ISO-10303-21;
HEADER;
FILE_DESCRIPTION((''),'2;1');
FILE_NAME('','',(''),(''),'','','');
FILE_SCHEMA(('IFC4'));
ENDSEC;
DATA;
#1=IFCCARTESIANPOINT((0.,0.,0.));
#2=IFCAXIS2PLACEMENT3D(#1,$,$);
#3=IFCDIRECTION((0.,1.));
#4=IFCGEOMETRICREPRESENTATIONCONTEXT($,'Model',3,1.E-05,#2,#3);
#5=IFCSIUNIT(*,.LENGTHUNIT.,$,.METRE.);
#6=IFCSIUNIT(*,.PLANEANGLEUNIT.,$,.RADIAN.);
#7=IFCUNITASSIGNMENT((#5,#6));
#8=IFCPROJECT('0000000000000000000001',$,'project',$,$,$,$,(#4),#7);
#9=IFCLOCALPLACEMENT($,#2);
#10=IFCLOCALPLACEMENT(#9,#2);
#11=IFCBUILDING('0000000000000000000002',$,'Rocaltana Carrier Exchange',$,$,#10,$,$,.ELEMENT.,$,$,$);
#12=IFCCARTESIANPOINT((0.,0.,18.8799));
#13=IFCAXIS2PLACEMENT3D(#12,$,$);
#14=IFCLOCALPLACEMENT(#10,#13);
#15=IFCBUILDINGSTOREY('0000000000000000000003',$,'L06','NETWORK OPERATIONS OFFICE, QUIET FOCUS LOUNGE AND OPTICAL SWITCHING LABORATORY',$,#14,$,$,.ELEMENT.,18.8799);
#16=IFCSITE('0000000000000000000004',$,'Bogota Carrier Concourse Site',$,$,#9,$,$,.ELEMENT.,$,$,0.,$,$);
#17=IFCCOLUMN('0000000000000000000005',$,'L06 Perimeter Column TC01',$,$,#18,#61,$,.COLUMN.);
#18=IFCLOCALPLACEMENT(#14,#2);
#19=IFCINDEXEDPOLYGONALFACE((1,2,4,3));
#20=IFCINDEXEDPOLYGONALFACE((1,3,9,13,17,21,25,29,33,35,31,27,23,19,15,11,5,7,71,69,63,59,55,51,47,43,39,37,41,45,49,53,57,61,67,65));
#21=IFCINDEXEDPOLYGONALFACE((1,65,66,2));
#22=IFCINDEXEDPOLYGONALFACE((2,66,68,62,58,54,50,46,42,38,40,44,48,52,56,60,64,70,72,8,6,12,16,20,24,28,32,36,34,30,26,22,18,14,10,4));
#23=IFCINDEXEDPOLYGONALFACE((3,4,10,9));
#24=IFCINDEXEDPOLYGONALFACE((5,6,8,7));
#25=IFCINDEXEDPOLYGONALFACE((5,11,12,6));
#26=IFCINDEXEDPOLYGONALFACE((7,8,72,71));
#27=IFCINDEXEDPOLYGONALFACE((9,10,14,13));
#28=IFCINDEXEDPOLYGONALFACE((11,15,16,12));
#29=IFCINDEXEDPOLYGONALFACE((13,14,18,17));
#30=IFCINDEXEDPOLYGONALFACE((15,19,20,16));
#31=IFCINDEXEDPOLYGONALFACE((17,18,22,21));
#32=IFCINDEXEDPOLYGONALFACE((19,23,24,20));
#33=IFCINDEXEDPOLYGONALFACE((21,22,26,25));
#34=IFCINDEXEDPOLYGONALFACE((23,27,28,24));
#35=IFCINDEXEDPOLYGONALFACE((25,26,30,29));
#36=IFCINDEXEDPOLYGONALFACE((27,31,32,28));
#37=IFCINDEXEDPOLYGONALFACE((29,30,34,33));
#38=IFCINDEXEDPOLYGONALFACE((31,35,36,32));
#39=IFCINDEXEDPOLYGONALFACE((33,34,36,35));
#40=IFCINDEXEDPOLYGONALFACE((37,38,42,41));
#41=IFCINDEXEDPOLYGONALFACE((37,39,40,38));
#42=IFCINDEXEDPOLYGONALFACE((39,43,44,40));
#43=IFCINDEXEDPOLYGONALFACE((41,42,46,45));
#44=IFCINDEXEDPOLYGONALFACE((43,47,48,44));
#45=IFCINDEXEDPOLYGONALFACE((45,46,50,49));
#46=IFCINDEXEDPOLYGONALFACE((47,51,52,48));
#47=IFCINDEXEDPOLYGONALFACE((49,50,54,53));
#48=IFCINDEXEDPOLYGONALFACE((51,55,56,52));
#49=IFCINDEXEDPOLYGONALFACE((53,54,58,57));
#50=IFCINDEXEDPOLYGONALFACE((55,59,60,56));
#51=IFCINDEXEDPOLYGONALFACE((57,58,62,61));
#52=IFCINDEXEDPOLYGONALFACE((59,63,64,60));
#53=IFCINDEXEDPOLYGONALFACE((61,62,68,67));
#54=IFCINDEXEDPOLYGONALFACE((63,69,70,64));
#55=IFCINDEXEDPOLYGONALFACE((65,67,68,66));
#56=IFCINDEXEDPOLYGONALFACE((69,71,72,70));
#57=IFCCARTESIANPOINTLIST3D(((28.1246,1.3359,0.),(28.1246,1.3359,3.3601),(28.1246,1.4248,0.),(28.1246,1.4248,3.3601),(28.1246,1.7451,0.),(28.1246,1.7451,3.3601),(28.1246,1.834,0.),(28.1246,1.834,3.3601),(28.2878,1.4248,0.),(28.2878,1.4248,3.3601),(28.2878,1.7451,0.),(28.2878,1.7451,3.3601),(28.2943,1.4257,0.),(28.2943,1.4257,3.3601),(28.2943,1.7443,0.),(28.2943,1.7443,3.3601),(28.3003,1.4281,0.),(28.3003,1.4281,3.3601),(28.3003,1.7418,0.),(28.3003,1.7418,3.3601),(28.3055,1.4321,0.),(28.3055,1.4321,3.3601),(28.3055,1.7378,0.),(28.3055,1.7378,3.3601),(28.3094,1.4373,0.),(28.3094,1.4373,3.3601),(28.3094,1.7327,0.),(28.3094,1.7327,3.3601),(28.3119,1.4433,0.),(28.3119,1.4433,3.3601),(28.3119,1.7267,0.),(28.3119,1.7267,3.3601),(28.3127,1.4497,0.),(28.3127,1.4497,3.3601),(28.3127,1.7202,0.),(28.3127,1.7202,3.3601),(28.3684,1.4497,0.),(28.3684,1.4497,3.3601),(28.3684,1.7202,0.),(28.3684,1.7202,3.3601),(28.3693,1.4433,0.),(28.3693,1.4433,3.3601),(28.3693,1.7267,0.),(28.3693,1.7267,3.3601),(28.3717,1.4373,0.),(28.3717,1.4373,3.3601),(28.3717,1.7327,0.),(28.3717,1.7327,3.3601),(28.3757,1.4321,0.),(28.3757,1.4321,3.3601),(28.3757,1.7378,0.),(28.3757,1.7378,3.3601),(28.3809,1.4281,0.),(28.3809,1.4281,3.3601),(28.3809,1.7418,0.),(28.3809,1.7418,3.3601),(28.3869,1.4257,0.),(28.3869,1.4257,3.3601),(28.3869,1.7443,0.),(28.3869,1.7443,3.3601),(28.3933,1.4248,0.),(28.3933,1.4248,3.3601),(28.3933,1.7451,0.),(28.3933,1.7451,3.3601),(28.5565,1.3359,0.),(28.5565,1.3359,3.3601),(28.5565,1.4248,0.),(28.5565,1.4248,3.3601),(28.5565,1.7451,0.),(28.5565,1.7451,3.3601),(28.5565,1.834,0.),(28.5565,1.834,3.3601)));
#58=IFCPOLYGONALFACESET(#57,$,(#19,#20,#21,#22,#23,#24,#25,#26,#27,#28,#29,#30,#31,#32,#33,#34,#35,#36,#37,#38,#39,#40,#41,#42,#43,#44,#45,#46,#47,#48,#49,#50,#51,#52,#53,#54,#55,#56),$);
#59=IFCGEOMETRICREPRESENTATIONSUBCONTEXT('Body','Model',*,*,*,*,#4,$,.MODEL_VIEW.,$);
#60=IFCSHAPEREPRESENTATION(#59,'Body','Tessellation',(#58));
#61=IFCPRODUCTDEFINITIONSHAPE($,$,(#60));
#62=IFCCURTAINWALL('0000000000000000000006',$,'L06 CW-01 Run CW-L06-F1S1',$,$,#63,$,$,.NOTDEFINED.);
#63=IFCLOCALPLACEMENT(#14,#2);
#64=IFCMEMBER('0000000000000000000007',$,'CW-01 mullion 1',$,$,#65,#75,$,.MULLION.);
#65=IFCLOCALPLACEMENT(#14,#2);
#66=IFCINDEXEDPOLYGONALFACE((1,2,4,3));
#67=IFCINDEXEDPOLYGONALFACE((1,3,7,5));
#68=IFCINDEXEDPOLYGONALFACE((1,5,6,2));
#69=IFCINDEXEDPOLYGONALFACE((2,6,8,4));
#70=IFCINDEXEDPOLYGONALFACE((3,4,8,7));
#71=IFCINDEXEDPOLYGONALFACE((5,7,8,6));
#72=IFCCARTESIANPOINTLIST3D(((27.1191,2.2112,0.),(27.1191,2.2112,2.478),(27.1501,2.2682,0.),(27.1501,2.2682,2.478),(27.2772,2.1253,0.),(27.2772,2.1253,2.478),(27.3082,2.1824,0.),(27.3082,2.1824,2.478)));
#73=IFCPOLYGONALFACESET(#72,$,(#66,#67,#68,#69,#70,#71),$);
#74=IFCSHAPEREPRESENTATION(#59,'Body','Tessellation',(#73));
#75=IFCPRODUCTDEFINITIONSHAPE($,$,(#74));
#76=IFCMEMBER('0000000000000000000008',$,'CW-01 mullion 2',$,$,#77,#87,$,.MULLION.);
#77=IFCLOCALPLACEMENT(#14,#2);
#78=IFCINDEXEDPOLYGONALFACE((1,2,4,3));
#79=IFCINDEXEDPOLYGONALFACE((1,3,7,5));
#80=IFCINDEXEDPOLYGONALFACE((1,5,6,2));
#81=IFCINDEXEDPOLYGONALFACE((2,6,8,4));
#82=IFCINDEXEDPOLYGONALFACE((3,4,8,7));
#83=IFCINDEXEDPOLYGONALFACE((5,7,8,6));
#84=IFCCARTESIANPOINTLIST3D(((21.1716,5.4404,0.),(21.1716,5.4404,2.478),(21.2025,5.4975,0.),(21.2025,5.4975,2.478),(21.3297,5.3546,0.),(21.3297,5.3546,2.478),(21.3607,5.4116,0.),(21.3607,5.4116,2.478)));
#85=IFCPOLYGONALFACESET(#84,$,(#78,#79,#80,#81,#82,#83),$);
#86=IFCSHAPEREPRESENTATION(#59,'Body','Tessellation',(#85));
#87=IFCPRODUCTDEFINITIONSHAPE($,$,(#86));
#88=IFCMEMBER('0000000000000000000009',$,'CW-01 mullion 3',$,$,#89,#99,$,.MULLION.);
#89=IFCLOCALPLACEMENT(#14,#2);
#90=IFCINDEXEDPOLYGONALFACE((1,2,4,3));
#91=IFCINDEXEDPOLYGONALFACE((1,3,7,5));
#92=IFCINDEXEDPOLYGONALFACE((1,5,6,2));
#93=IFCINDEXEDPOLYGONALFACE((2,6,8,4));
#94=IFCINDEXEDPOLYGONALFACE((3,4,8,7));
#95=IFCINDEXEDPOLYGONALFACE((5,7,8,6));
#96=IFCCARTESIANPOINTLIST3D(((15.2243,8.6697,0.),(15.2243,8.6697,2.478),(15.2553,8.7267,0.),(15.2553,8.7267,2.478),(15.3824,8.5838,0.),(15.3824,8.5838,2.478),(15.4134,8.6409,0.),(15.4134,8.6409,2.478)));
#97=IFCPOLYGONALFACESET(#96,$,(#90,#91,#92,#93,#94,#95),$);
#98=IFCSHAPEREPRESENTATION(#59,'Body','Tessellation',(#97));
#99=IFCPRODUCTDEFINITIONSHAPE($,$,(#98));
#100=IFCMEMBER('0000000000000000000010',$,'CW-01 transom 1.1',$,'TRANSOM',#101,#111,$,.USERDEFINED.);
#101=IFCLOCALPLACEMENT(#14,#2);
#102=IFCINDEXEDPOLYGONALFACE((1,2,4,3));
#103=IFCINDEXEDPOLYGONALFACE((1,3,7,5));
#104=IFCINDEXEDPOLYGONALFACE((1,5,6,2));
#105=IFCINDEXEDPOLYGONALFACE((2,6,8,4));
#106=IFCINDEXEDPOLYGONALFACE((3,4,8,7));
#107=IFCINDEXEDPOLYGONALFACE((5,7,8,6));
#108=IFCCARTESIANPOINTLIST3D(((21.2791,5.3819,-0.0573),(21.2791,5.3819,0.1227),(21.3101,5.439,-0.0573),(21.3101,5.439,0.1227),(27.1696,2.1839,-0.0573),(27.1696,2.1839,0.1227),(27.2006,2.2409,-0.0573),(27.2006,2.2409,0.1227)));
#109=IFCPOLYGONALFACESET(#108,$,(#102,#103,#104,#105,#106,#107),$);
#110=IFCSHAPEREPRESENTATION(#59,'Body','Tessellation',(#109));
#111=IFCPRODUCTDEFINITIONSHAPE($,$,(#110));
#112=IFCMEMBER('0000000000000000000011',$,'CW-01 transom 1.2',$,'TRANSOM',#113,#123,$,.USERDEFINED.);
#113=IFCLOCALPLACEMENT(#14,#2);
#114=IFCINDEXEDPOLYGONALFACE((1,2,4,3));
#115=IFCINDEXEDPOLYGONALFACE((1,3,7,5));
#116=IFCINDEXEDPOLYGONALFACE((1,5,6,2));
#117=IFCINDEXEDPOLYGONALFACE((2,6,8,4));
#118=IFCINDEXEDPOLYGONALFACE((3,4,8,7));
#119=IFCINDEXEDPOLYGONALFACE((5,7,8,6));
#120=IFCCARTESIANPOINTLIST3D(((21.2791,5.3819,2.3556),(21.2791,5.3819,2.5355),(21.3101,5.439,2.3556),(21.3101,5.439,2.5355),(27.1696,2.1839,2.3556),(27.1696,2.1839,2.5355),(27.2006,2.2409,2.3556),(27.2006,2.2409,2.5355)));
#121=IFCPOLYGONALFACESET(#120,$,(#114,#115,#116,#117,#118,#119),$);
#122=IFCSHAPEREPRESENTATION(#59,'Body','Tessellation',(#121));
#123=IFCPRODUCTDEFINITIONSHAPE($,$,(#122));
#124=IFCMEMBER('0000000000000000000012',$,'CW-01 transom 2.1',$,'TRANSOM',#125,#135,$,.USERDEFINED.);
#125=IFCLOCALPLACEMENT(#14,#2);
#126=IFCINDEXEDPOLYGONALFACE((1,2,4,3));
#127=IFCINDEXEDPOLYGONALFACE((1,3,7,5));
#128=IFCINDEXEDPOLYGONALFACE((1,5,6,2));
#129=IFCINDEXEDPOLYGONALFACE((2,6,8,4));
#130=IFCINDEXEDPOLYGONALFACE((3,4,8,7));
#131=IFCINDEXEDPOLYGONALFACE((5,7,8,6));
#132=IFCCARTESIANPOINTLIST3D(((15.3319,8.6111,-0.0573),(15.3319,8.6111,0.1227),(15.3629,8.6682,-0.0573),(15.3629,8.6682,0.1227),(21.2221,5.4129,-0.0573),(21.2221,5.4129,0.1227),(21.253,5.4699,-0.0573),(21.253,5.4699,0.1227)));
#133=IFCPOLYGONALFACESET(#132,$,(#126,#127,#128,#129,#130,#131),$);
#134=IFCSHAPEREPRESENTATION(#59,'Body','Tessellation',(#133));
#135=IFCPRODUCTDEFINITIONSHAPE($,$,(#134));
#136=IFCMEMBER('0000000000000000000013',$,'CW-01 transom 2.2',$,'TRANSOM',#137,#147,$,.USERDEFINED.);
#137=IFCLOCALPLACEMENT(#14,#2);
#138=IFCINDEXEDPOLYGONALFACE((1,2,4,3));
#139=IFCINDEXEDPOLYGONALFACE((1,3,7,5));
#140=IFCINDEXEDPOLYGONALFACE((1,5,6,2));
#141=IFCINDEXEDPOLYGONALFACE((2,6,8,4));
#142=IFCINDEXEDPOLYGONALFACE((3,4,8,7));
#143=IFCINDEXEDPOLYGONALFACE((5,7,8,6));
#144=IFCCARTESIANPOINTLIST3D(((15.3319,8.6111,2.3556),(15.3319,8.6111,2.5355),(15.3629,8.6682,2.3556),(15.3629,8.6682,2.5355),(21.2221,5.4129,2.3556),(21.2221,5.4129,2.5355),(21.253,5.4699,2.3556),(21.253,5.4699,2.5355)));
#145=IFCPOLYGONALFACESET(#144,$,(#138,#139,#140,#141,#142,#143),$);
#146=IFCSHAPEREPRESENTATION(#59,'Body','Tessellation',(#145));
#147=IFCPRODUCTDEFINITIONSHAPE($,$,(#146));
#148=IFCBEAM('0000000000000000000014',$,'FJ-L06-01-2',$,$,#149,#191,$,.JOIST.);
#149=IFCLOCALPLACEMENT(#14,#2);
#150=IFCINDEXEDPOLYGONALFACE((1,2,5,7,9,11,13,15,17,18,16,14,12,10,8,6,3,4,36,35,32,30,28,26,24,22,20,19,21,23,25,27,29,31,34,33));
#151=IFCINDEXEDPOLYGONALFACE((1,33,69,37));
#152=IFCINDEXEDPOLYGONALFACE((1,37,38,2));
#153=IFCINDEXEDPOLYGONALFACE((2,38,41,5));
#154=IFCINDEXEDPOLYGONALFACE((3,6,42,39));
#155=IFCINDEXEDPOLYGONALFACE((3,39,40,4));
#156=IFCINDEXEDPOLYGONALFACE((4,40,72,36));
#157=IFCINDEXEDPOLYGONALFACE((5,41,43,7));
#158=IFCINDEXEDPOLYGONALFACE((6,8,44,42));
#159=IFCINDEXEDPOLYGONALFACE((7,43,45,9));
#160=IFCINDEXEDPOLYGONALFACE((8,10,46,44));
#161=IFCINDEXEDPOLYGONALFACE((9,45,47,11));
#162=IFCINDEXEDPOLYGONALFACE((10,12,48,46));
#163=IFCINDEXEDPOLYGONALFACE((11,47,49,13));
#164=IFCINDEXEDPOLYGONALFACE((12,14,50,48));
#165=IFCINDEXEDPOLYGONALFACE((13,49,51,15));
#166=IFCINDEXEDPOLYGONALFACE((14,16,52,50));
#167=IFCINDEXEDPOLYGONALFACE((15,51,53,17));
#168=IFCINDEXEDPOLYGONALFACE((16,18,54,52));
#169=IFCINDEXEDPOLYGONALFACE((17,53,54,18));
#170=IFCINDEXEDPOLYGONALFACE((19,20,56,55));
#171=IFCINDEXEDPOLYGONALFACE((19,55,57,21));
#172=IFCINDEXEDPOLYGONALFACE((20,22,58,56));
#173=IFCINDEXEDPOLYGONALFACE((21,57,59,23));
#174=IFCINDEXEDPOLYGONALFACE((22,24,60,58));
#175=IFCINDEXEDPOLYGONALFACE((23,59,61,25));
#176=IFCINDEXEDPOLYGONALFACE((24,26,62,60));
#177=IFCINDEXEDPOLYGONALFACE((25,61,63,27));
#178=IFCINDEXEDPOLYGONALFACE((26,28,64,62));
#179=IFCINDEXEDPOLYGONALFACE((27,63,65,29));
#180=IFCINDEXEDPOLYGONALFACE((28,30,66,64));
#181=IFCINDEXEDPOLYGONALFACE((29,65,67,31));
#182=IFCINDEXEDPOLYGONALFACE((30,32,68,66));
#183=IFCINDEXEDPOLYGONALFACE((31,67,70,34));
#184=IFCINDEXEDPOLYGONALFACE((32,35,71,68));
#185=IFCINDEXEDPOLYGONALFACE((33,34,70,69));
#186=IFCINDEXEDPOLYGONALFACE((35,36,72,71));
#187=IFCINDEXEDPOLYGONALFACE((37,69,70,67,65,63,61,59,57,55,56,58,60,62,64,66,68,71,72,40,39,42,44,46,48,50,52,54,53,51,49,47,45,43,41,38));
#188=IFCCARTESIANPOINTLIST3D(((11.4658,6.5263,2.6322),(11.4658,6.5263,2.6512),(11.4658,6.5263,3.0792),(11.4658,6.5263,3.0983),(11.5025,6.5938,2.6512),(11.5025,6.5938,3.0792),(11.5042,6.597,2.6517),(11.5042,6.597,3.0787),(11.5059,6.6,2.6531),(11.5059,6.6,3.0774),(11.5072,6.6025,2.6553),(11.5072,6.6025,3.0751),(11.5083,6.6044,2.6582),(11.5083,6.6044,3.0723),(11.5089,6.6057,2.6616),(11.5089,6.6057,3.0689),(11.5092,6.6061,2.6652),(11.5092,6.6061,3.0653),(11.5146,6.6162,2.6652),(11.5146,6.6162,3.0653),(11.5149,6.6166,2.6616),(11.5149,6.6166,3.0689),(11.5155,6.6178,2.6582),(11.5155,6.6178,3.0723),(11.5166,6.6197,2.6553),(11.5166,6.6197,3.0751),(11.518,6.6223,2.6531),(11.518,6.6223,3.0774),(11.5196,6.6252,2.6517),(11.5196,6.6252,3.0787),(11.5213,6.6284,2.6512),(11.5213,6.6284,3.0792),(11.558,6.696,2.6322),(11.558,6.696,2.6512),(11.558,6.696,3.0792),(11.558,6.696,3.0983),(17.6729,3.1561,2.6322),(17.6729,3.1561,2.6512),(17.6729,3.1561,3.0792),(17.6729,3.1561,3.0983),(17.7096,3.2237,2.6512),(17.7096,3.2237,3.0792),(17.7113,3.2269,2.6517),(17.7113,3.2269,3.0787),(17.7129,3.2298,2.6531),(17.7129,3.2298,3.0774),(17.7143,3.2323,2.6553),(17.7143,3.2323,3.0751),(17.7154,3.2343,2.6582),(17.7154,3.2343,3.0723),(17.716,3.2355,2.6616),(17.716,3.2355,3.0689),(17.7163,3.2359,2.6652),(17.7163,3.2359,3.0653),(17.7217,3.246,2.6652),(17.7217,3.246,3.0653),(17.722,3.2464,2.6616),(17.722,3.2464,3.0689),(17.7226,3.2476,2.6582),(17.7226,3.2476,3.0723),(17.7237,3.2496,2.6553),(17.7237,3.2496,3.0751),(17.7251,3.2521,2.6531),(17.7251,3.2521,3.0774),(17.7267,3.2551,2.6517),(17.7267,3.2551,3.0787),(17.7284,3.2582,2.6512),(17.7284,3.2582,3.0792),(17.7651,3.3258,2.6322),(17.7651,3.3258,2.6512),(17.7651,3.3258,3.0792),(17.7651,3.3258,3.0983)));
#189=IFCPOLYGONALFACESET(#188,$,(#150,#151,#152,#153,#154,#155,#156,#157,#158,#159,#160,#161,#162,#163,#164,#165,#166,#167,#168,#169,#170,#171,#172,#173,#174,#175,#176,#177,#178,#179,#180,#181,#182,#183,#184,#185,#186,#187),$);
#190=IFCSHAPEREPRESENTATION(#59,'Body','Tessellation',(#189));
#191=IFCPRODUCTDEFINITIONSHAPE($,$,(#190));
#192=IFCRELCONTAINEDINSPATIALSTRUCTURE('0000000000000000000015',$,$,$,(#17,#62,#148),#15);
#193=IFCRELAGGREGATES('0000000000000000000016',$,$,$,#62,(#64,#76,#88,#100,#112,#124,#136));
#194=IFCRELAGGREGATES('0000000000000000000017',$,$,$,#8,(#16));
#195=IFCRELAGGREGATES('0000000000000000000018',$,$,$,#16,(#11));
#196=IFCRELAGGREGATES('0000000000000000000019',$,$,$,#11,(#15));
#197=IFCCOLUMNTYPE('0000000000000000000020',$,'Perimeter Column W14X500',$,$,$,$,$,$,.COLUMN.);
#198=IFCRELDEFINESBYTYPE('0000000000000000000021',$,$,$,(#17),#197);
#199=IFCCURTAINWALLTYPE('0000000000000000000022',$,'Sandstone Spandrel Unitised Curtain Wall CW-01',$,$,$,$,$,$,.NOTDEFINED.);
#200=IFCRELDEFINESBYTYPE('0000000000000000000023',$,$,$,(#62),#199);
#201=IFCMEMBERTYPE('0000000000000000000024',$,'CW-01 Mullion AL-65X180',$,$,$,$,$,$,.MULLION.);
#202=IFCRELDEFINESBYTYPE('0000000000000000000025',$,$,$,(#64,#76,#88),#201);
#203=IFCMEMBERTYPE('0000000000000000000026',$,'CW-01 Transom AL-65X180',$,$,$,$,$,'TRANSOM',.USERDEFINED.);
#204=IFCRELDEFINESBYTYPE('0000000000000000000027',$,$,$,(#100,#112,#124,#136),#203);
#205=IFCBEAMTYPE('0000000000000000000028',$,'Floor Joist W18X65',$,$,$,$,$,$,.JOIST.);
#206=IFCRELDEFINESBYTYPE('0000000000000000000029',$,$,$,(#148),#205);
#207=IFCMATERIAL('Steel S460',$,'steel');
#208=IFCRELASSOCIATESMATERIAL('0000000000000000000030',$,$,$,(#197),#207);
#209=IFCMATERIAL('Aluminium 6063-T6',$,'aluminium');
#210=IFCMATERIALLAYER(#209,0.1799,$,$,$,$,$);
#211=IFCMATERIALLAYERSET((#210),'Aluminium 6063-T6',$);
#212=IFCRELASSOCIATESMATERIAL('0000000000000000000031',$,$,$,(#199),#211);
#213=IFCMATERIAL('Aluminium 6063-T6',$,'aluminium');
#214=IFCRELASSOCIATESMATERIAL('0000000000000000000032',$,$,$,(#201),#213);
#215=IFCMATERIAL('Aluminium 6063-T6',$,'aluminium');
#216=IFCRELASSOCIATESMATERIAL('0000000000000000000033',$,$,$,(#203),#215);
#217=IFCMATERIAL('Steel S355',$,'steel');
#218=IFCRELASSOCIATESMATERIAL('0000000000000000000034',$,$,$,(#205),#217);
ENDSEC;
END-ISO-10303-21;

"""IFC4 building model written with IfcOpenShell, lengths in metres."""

from ifc_helpers import new_model, si_unit, direction, frame, origin, origin_2d, place, context, subcontext, project, spatial, rectangle, i_section, extrude, material, layer, layer_set, material_profile, profile_set, type_object, element, aggregate, save


model = new_model("IFC4")

# Units and contexts
model_context = context("Model", 3, precision=1e-05, world=origin(), true_north=direction((0.0, 1.0)))
body_context = subcontext(model_context, "Body", "Model", "MODEL_VIEW")
ifc_project = project(units=[si_unit("LENGTHUNIT", "METRE"), si_unit("PLANEANGLEUNIT", "RADIAN")], contexts=[model_context])

# Site, building, storey
site_placement = place(None, origin())
site = spatial("IfcSite", under=ifc_project, at=site_placement, Name="Bogota Carrier Concourse Site", CompositionType="ELEMENT", RefElevation=0.0)
building_placement = place(site_placement, origin())
building = spatial("IfcBuilding", under=site, at=building_placement, Name="Rocaltana Carrier Exchange", CompositionType="ELEMENT")
storey_placement = place(building_placement, frame((0.0, 0.0, 18.8799)))
storey = spatial("IfcBuildingStorey", under=building, at=storey_placement, Name="L06", Description="NETWORK OPERATIONS OFFICE, QUIET FOCUS LOUNGE AND OPTICAL SWITCHING LABORATORY", CompositionType="ELEMENT", Elevation=18.8799)

# Column
ifc_material_1 = material(Name="Steel S460", Category="steel")
ifc_material_profile_1 = material_profile(ifc_material_1, i_section(OverallWidth=0.4319, OverallDepth=0.498, WebThickness=0.0557, FlangeThickness=0.0889, FilletRadius=0.0249, at=origin_2d()), Name="W14X500")
ifc_profile_set_1 = profile_set([ifc_material_profile_1], Name="Steel S460")
column_type = type_object("IfcColumnType", Name="Perimeter Column W14X500", PredefinedType="COLUMN", material=ifc_profile_set_1)
column_placement = place(storey_placement, frame((28.3406, 1.585, 0.0), z_axis=(0.0, 0.0, 1.0), x_axis=(1.0, 0.0, 0.0)))
element("IfcColumn", 1, at=column_placement, inside=storey, type_object=column_type, Name="L06 Perimeter Column TC01", PredefinedType="COLUMN", context=body_context, shape_type="SweptSolid", body=[
    extrude(i_section(OverallWidth=0.4319, OverallDepth=0.498, WebThickness=0.0557, FlangeThickness=0.0889, FilletRadius=0.0249, at=origin_2d()), origin(), (0.0, 0.0, 1.0), 3.3601),
])

# Curtain wall, members
ifc_material_2 = material(Name="Aluminium 6063-T6", Category="aluminium")
ifc_layer_1 = layer(ifc_material_2, 0.1799)
ifc_layer_set_1 = layer_set([ifc_layer_1], Name="Aluminium 6063-T6")
curtain_wall_type = type_object("IfcCurtainWallType", Name="Sandstone Spandrel Unitised Curtain Wall CW-01", PredefinedType="NOTDEFINED", material=ifc_layer_set_1)
curtain_wall_placement = place(storey_placement, origin())
curtain_wall = element("IfcCurtainWall", 2, at=curtain_wall_placement, inside=storey, type_object=curtain_wall_type, Name="L06 CW-01 Run CW-L06-F1S1", PredefinedType="NOTDEFINED")
ifc_material_3 = material(Name="Aluminium 6063-T6", Category="aluminium")
ifc_material_profile_2 = material_profile(ifc_material_3, rectangle(XDim=0.0649, YDim=0.1799, at=origin_2d()), Name="AL-65X180")
ifc_profile_set_2 = profile_set([ifc_material_profile_2], Name="Aluminium 6063-T6")
member_type_1 = type_object("IfcMemberType", Name="CW-01 Mullion AL-65X180", PredefinedType="MULLION", material=ifc_profile_set_2)
member_1_placement = place(storey_placement, frame((27.2136, 2.1968, 0.0), z_axis=(0.0, 0.0, 1.0), x_axis=(-0.477161, -0.878816, 0.0)))
member_1 = element("IfcMember", 3, at=member_1_placement, type_object=member_type_1, Name="CW-01 mullion 1", PredefinedType="MULLION", context=body_context, shape_type="SweptSolid", body=[
    extrude(rectangle(XDim=0.0649, YDim=0.1799, at=origin_2d()), origin(), (0.0, 0.0, 1.0), 2.478),
])
member_2_placement = place(storey_placement, frame((21.2661, 5.426, 0.0), z_axis=(0.0, 0.0, 1.0), x_axis=(-0.477161, -0.878816, 0.0)))
member_2 = element("IfcMember", 4, at=member_2_placement, type_object=member_type_1, Name="CW-01 mullion 2", PredefinedType="MULLION", context=body_context, shape_type="SweptSolid", body=[
    extrude(rectangle(XDim=0.0649, YDim=0.1799, at=origin_2d()), origin(), (0.0, 0.0, 1.0), 2.478),
])
member_3_placement = place(storey_placement, frame((15.3188, 8.6553, 0.0), z_axis=(0.0, 0.0, 1.0), x_axis=(-0.477161, -0.878816, 0.0)))
member_3 = element("IfcMember", 5, at=member_3_placement, type_object=member_type_1, Name="CW-01 mullion 3", PredefinedType="MULLION", context=body_context, shape_type="SweptSolid", body=[
    extrude(rectangle(XDim=0.0649, YDim=0.1799, at=origin_2d()), origin(), (0.0, 0.0, 1.0), 2.478),
])
ifc_material_4 = material(Name="Aluminium 6063-T6", Category="aluminium")
ifc_material_profile_3 = material_profile(ifc_material_4, rectangle(XDim=0.0649, YDim=0.1799, at=origin_2d()), Name="AL-65X180")
ifc_profile_set_3 = profile_set([ifc_material_profile_3], Name="Aluminium 6063-T6")
member_type_2 = type_object("IfcMemberType", Name="CW-01 Transom AL-65X180", ElementType="TRANSOM", PredefinedType="USERDEFINED", material=ifc_profile_set_3)
member_4_placement = place(storey_placement, frame((27.1851, 2.2124, 0.0327), z_axis=(-0.878831, 0.477134, 0.0), x_axis=(-0.477134, -0.878831, 0.0)))
member_4 = element("IfcMember", 6, at=member_4_placement, type_object=member_type_2, Name="CW-01 transom 1.1", ObjectType="TRANSOM", PredefinedType="USERDEFINED", context=body_context, shape_type="SweptSolid", body=[
    extrude(rectangle(XDim=0.0649, YDim=0.1799, at=origin_2d()), origin(), (0.0, 0.0, 1.0), 6.7026),
])
member_5_placement = place(storey_placement, frame((27.1851, 2.2124, 2.4456), z_axis=(-0.878831, 0.477134, 0.0), x_axis=(-0.477134, -0.878831, 0.0)))
member_5 = element("IfcMember", 7, at=member_5_placement, type_object=member_type_2, Name="CW-01 transom 1.2", ObjectType="TRANSOM", PredefinedType="USERDEFINED", context=body_context, shape_type="SweptSolid", body=[
    extrude(rectangle(XDim=0.0649, YDim=0.1799, at=origin_2d()), origin(), (0.0, 0.0, 1.0), 6.7026),
])
member_6_placement = place(storey_placement, frame((21.2375, 5.4414, 0.0327), z_axis=(-0.878807, 0.477177, 0.0), x_axis=(-0.477177, -0.878807, 0.0)))
member_6 = element("IfcMember", 8, at=member_6_placement, type_object=member_type_2, Name="CW-01 transom 2.1", ObjectType="TRANSOM", PredefinedType="USERDEFINED", context=body_context, shape_type="SweptSolid", body=[
    extrude(rectangle(XDim=0.0649, YDim=0.1799, at=origin_2d()), origin(), (0.0, 0.0, 1.0), 6.7024),
])
member_7_placement = place(storey_placement, frame((21.2375, 5.4414, 2.4456), z_axis=(-0.878807, 0.477177, 0.0), x_axis=(-0.477177, -0.878807, 0.0)))
member_7 = element("IfcMember", 9, at=member_7_placement, type_object=member_type_2, Name="CW-01 transom 2.2", ObjectType="TRANSOM", PredefinedType="USERDEFINED", context=body_context, shape_type="SweptSolid", body=[
    extrude(rectangle(XDim=0.0649, YDim=0.1799, at=origin_2d()), origin(), (0.0, 0.0, 1.0), 6.7024),
])

# Beam
ifc_material_5 = material(Name="Steel S355", Category="steel")
ifc_material_profile_4 = material_profile(ifc_material_5, i_section(OverallWidth=0.1931, OverallDepth=0.4661, WebThickness=0.0115, FlangeThickness=0.019, FilletRadius=0.0139, at=origin_2d()), Name="W18X65")
ifc_profile_set_4 = profile_set([ifc_material_profile_4], Name="Steel S355")
beam_type_1 = type_object("IfcBeamType", Name="Floor Joist W18X65", PredefinedType="JOIST", material=ifc_profile_set_4)
beam_1_placement = place(storey_placement, frame((17.719, 3.241, 2.8652), z_axis=(-0.878819, 0.477156, 0.0), x_axis=(-0.477156, -0.878819, 0.0)))
element("IfcBeam", 10, at=beam_1_placement, inside=storey, type_object=beam_type_1, Name="FJ-L06-01-2", PredefinedType="JOIST", context=body_context, shape_type="SweptSolid", body=[
    extrude(i_section(OverallWidth=0.1931, OverallDepth=0.4661, WebThickness=0.0115, FlangeThickness=0.019, FilletRadius=0.0139, at=origin_2d()), origin(), (0.0, 0.0, 1.0), 7.063),
])

aggregate(curtain_wall, [member_1, member_2, member_3, member_4, member_5, member_6, member_7])

save(model, "model.ifc")
